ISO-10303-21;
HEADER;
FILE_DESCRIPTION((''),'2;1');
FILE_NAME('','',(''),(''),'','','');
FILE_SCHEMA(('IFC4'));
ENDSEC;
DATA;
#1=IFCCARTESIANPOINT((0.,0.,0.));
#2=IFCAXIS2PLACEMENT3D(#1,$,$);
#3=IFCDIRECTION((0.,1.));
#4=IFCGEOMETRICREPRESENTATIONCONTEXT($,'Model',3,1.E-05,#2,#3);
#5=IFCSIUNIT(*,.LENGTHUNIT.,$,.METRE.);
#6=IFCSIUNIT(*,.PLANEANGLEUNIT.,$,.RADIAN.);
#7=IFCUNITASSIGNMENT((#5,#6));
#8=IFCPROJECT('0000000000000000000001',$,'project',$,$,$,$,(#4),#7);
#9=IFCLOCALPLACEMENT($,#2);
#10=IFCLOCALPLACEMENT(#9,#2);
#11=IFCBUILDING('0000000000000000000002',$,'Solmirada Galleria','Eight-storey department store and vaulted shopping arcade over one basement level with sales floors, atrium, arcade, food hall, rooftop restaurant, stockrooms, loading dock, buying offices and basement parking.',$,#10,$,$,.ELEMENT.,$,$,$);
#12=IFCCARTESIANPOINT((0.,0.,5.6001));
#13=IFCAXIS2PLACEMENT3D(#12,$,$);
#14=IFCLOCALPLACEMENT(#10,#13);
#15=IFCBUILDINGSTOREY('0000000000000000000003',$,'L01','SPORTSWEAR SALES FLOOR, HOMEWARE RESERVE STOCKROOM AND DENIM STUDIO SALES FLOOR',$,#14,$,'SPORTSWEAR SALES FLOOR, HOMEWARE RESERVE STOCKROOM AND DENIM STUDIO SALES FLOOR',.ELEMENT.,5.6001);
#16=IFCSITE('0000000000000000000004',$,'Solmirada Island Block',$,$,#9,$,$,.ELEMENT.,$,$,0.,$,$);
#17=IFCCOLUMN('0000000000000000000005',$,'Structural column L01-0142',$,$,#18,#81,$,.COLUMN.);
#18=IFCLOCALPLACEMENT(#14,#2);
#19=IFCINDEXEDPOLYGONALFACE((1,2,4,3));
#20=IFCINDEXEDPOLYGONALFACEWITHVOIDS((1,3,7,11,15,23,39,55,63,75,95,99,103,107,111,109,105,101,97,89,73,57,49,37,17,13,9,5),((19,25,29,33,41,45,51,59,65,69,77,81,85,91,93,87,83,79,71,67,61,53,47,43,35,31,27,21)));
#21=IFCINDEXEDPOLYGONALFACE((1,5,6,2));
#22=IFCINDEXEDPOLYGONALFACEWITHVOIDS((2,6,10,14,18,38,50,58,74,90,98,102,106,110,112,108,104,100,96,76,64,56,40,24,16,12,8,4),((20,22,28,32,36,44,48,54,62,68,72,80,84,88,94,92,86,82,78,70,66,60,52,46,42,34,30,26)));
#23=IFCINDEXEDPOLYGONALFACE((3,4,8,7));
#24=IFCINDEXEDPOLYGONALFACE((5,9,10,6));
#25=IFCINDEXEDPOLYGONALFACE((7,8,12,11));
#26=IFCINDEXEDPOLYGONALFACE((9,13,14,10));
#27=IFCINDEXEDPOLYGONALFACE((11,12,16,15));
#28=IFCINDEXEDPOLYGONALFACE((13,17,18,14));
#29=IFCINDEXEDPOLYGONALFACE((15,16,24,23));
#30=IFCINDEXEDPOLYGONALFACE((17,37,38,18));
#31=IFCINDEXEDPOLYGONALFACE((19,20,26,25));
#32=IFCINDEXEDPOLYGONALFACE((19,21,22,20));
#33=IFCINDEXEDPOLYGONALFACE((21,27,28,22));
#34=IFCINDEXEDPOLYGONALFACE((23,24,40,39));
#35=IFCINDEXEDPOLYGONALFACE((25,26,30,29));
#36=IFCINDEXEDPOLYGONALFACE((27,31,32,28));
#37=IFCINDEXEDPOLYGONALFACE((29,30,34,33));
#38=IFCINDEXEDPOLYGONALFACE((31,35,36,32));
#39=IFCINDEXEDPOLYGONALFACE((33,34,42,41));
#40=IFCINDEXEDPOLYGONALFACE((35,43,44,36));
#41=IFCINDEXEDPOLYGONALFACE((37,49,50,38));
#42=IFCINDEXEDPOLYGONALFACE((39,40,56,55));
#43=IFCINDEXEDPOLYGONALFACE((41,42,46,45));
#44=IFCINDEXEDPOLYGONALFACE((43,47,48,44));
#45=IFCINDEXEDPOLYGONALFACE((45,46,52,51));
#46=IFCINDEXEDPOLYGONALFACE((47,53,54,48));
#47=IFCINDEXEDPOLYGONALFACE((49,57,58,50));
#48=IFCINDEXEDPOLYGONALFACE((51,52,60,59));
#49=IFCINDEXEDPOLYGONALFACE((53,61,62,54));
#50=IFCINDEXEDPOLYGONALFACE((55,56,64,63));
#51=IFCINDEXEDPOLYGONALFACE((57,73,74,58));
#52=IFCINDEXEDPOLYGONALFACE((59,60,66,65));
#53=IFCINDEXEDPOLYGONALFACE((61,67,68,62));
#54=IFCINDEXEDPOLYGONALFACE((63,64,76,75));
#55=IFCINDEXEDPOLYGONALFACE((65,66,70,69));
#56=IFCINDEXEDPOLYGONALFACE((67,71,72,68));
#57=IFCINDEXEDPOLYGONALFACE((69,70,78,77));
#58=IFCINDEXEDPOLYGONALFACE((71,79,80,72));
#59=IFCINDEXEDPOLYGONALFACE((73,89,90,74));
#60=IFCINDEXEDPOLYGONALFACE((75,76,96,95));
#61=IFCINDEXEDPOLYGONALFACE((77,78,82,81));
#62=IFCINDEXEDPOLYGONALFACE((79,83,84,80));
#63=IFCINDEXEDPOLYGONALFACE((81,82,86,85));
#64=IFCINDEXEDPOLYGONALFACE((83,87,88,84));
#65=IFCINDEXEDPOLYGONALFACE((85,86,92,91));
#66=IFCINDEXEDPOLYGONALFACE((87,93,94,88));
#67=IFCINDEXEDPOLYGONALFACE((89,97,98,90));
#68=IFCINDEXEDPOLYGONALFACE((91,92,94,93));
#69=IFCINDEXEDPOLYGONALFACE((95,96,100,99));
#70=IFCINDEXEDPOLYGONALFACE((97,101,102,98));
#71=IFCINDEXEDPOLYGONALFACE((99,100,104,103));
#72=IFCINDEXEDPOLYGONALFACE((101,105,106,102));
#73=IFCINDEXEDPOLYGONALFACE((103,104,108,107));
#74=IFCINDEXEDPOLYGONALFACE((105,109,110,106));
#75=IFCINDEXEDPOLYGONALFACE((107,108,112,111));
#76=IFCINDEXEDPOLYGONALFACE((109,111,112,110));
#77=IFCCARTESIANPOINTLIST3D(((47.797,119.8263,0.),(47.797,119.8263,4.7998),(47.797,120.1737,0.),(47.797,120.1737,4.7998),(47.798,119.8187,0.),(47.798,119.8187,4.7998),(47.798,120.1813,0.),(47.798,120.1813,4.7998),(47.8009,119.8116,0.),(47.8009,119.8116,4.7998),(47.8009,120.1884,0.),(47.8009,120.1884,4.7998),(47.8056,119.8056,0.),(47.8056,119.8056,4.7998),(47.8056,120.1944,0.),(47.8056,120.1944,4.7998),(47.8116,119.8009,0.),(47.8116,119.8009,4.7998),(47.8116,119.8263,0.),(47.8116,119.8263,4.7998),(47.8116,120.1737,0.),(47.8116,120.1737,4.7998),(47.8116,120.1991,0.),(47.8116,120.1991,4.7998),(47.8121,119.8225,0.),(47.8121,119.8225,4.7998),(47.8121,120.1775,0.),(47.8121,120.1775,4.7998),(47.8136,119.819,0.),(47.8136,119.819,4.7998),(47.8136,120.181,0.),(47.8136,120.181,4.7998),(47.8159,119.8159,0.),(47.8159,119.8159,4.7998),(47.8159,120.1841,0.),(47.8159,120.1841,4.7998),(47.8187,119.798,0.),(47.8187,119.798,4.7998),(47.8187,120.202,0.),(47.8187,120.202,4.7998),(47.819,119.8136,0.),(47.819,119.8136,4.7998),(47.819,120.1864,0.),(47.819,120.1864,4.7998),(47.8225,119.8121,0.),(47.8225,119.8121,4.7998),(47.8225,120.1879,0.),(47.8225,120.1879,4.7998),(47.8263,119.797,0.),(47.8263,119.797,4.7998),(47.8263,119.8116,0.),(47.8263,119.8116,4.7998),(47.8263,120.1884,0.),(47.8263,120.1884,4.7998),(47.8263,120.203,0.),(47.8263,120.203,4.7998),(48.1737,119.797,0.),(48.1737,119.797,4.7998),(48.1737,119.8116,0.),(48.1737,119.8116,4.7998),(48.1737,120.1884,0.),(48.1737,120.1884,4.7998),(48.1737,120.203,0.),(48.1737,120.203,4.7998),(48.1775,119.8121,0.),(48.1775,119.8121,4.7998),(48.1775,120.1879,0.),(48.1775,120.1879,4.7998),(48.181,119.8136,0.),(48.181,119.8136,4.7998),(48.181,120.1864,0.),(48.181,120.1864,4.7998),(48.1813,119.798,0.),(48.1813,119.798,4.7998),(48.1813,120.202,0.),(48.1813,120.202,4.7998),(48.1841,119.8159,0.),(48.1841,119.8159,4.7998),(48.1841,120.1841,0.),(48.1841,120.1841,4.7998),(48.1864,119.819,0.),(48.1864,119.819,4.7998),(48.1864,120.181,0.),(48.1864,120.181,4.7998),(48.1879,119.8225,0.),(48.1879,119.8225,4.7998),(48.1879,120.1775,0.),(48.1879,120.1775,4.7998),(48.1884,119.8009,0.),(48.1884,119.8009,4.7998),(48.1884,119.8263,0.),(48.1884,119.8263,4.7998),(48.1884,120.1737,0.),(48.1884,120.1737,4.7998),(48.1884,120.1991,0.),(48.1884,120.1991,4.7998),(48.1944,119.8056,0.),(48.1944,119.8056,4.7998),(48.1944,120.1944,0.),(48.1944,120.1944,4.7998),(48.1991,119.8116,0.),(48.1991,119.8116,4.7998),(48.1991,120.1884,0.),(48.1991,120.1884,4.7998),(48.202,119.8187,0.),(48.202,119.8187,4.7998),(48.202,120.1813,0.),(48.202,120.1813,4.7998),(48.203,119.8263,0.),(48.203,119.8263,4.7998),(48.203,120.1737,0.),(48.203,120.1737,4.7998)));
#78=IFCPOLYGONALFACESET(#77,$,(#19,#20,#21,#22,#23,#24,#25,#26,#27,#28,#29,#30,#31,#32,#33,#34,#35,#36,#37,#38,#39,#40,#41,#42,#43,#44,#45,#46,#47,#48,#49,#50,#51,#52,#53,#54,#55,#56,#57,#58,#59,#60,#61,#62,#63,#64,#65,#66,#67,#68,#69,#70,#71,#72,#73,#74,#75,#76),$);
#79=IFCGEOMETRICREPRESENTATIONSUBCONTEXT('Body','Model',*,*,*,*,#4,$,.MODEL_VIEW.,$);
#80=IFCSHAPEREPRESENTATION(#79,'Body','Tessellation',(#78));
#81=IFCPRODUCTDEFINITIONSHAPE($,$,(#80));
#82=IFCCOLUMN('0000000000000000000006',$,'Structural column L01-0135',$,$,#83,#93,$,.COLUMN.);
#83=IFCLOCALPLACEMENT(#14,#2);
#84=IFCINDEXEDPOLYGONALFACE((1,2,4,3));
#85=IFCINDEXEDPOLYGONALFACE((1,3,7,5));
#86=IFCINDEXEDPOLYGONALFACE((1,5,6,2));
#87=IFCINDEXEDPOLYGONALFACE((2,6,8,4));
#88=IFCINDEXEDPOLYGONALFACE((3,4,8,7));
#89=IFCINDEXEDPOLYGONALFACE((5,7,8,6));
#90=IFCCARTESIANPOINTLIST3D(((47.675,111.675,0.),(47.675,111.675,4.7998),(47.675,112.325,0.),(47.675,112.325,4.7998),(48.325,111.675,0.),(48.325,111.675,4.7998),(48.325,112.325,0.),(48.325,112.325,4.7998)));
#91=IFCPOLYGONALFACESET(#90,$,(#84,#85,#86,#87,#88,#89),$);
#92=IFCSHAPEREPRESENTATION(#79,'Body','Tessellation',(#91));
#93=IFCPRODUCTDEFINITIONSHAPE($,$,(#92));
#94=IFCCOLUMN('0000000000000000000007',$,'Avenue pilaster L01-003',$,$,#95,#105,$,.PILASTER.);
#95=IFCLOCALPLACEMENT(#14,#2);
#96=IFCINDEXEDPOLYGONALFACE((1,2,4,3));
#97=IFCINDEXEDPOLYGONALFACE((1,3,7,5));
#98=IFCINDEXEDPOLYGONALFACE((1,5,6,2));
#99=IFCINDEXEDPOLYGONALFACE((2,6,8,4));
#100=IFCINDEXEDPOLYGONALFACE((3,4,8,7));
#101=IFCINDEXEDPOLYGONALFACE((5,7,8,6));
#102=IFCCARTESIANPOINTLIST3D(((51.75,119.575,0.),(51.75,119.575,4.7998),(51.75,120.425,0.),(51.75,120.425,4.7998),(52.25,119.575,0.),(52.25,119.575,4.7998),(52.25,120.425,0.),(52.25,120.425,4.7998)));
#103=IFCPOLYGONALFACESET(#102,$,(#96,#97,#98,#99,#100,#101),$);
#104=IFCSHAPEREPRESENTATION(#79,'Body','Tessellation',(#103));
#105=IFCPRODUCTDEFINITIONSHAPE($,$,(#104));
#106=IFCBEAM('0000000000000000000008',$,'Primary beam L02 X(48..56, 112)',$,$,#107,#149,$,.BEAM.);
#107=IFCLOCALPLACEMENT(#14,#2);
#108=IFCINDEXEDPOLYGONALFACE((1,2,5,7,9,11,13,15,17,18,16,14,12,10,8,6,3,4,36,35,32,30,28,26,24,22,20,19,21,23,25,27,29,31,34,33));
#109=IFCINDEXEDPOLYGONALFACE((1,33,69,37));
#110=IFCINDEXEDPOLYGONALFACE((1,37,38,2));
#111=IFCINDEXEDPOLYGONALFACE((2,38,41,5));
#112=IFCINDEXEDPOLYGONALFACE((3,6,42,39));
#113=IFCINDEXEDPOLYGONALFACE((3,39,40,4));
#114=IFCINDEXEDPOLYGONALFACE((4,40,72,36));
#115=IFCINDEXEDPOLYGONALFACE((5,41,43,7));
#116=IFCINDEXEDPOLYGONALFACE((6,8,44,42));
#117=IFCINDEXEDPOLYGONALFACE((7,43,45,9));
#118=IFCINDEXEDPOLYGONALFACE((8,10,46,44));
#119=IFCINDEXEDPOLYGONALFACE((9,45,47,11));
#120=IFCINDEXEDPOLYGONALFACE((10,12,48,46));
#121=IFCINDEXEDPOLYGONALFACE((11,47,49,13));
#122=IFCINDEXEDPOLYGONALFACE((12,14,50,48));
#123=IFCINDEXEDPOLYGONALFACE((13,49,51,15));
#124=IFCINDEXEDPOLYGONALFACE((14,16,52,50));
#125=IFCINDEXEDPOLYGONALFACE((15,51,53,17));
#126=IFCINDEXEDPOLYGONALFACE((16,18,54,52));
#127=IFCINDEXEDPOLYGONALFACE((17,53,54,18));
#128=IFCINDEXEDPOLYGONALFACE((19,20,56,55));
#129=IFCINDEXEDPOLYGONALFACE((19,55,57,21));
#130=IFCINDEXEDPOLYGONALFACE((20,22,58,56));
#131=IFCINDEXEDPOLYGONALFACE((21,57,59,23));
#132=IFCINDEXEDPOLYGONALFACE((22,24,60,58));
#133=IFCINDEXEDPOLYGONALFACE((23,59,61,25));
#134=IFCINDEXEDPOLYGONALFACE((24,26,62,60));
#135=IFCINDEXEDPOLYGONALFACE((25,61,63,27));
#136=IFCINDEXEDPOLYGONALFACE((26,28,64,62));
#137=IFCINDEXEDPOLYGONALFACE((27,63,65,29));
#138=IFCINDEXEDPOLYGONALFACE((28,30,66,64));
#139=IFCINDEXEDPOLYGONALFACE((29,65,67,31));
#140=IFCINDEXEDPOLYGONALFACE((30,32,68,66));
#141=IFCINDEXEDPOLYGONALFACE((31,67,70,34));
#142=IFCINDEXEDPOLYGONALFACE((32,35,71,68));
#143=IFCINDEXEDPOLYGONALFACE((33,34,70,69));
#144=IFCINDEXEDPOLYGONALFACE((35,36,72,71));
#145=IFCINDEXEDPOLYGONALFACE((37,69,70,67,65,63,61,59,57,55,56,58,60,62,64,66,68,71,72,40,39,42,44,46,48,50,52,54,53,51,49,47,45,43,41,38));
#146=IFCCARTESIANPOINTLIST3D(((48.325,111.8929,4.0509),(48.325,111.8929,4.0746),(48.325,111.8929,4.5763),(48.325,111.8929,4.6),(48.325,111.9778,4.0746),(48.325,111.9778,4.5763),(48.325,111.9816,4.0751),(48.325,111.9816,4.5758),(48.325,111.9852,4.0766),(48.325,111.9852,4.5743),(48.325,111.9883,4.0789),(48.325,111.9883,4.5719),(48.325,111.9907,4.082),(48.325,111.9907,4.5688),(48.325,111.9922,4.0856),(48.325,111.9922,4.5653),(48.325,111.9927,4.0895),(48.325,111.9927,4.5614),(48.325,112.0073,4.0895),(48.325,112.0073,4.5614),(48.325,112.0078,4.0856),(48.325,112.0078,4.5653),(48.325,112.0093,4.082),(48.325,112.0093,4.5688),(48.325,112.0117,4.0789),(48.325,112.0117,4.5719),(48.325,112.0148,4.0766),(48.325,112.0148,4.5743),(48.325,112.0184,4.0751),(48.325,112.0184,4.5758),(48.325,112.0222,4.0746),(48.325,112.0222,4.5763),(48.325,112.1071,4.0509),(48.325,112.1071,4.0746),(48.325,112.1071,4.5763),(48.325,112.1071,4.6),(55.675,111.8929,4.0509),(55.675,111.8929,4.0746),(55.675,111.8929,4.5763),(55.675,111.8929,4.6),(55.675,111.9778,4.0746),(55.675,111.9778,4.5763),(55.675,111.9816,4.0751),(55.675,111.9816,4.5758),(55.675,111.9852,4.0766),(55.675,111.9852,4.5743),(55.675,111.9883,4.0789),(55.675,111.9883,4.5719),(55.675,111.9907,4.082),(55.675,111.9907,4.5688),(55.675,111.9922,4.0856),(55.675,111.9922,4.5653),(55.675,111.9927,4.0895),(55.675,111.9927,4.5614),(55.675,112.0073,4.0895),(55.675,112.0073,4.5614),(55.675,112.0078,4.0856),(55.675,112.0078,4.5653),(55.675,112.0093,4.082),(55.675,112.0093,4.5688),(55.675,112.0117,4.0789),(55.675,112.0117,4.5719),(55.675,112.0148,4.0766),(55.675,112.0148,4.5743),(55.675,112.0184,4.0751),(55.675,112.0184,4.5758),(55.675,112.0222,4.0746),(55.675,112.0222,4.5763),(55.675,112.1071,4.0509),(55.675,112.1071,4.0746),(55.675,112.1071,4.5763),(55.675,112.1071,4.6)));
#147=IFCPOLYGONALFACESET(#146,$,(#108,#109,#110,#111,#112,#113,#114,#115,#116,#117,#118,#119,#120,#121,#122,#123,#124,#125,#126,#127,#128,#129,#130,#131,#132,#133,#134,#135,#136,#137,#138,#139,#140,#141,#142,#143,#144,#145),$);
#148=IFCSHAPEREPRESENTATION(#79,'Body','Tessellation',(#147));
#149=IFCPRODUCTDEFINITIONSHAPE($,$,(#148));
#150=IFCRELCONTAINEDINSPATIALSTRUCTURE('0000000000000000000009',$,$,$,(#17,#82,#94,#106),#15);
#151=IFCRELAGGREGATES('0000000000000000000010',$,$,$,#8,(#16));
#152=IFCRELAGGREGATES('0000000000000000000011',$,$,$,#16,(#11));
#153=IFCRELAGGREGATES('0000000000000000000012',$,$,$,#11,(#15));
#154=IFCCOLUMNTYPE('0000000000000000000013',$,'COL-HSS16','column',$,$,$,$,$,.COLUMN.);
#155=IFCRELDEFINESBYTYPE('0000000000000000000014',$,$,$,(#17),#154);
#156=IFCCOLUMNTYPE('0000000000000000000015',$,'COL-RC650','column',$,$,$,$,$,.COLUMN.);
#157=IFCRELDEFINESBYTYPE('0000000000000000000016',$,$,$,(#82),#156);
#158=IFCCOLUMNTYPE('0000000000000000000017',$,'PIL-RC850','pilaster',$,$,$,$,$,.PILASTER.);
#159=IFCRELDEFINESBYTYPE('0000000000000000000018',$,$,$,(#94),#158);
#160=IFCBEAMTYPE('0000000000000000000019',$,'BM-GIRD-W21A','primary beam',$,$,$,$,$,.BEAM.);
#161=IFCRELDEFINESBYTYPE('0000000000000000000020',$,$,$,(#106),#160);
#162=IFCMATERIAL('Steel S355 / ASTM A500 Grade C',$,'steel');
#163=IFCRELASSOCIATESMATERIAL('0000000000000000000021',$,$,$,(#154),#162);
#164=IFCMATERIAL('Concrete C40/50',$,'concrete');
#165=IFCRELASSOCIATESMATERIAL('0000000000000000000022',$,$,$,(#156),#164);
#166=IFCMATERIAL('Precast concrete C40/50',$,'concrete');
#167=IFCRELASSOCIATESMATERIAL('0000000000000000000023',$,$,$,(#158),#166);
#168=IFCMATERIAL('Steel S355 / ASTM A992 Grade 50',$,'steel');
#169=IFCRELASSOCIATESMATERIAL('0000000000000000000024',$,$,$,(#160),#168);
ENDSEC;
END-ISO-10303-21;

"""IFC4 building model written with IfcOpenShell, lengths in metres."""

from ifc_helpers import new_model, si_unit, direction, frame, origin, origin_2d, place, context, subcontext, project, spatial, rectangle, hollow_rectangle, i_section, extrude, material, material_profile, profile_set, type_object, element, save


model = new_model("IFC4")

# Units and contexts
model_context = context("Model", 3, precision=1e-05, world=origin(), true_north=direction((0.0, 1.0)))
body_context = subcontext(model_context, "Body", "Model", "MODEL_VIEW")
ifc_project = project(units=[si_unit("LENGTHUNIT", "METRE"), si_unit("PLANEANGLEUNIT", "RADIAN")], contexts=[model_context])

# Site, building, storey
site_placement = place(None, origin())
site = spatial("IfcSite", under=ifc_project, at=site_placement, Name="Solmirada Island Block", CompositionType="ELEMENT", RefElevation=0.0)
building_placement = place(site_placement, origin())
building = spatial("IfcBuilding", under=site, at=building_placement, Name="Solmirada Galleria", Description="Eight-storey department store and vaulted shopping arcade over one basement level with sales floors, atrium, arcade, food hall, rooftop restaurant, stockrooms, loading dock, buying offices and basement parking.", CompositionType="ELEMENT")
storey_placement = place(building_placement, frame((0.0, 0.0, 5.6001)))
storey = spatial("IfcBuildingStorey", under=building, at=storey_placement, Name="L01", Description="SPORTSWEAR SALES FLOOR, HOMEWARE RESERVE STOCKROOM AND DENIM STUDIO SALES FLOOR", LongName="SPORTSWEAR SALES FLOOR, HOMEWARE RESERVE STOCKROOM AND DENIM STUDIO SALES FLOOR", CompositionType="ELEMENT", Elevation=5.6001)

# Columns
ifc_material_1 = material(Name="Steel S355 / ASTM A500 Grade C", Category="steel")
ifc_material_profile_1 = material_profile(ifc_material_1, hollow_rectangle(XDim=0.406, YDim=0.406, WallThickness=0.0146, InnerFilletRadius=0.0146, OuterFilletRadius=0.0293, at=origin_2d()), Name="HSS16X16X5/8")
ifc_profile_set_1 = profile_set([ifc_material_profile_1], Name="Steel S355 / ASTM A500 Grade C")
column_type_1 = type_object("IfcColumnType", Name="COL-HSS16", Description="column", PredefinedType="COLUMN", material=ifc_profile_set_1)
column_1_placement = place(storey_placement, frame((48.0, 120.0, 0.0), z_axis=(0.0, 0.0, 1.0), x_axis=(1.0, 0.0, 0.0)))
element("IfcColumn", 1, at=column_1_placement, inside=storey, type_object=column_type_1, Name="Structural column L01-0142", PredefinedType="COLUMN", context=body_context, shape_type="SweptSolid", body=[
    extrude(hollow_rectangle(XDim=0.406, YDim=0.406, WallThickness=0.0146, InnerFilletRadius=0.0146, OuterFilletRadius=0.0293, at=origin_2d()), origin(), (0.0, 0.0, 1.0), 4.7998),
])
ifc_material_2 = material(Name="Concrete C40/50", Category="concrete")
ifc_material_profile_2 = material_profile(ifc_material_2, rectangle(XDim=0.6499, YDim=0.6499, at=origin_2d()), Name="RC650X650")
ifc_profile_set_2 = profile_set([ifc_material_profile_2], Name="Concrete C40/50")
column_type_2 = type_object("IfcColumnType", Name="COL-RC650", Description="column", PredefinedType="COLUMN", material=ifc_profile_set_2)
column_2_placement = place(storey_placement, frame((48.0, 112.0, 0.0), z_axis=(0.0, 0.0, 1.0), x_axis=(1.0, 0.0, 0.0)))
element("IfcColumn", 2, at=column_2_placement, inside=storey, type_object=column_type_2, Name="Structural column L01-0135", PredefinedType="COLUMN", context=body_context, shape_type="SweptSolid", body=[
    extrude(rectangle(XDim=0.6499, YDim=0.6499, at=origin_2d()), origin(), (0.0, 0.0, 1.0), 4.7998),
])
ifc_material_3 = material(Name="Precast concrete C40/50", Category="concrete")
ifc_material_profile_3 = material_profile(ifc_material_3, rectangle(XDim=0.5, YDim=0.8501, at=origin_2d()), Name="RC850X500")
ifc_profile_set_3 = profile_set([ifc_material_profile_3], Name="Precast concrete C40/50")
column_type_3 = type_object("IfcColumnType", Name="PIL-RC850", Description="pilaster", PredefinedType="PILASTER", material=ifc_profile_set_3)
column_3_placement = place(storey_placement, frame((52.0, 120.0, 0.0), z_axis=(0.0, 0.0, 1.0), x_axis=(1.0, 0.0, 0.0)))
element("IfcColumn", 3, at=column_3_placement, inside=storey, type_object=column_type_3, Name="Avenue pilaster L01-003", PredefinedType="PILASTER", context=body_context, shape_type="SweptSolid", body=[
    extrude(rectangle(XDim=0.5, YDim=0.8501, at=origin_2d()), origin(), (0.0, 0.0, 1.0), 4.7998),
])

# Beam
ifc_material_4 = material(Name="Steel S355 / ASTM A992 Grade 50", Category="steel")
ifc_material_profile_4 = material_profile(ifc_material_4, i_section(OverallWidth=0.2141, OverallDepth=0.5491, WebThickness=0.0146, FlangeThickness=0.0237, FilletRadius=0.0149, at=origin_2d()), Name="W21X93")
ifc_profile_set_4 = profile_set([ifc_material_profile_4], Name="Steel S355 / ASTM A992 Grade 50")
beam_type_1 = type_object("IfcBeamType", Name="BM-GIRD-W21A", Description="primary beam", PredefinedType="BEAM", material=ifc_profile_set_4)
beam_1_placement = place(storey_placement, frame((48.325, 112.0, 4.3254), z_axis=(1.0, 0.0, 0.0), x_axis=(0.0, 1.0, 0.0)))
element("IfcBeam", 4, at=beam_1_placement, inside=storey, type_object=beam_type_1, Name="Primary beam L02 X(48..56, 112)", PredefinedType="BEAM", context=body_context, shape_type="SweptSolid", body=[
    extrude(i_section(OverallWidth=0.2141, OverallDepth=0.5491, WebThickness=0.0146, FlangeThickness=0.0237, FilletRadius=0.0149, at=origin_2d()), origin(), (0.0, 0.0, 1.0), 7.3501),
])

save(model, "model.ifc")
